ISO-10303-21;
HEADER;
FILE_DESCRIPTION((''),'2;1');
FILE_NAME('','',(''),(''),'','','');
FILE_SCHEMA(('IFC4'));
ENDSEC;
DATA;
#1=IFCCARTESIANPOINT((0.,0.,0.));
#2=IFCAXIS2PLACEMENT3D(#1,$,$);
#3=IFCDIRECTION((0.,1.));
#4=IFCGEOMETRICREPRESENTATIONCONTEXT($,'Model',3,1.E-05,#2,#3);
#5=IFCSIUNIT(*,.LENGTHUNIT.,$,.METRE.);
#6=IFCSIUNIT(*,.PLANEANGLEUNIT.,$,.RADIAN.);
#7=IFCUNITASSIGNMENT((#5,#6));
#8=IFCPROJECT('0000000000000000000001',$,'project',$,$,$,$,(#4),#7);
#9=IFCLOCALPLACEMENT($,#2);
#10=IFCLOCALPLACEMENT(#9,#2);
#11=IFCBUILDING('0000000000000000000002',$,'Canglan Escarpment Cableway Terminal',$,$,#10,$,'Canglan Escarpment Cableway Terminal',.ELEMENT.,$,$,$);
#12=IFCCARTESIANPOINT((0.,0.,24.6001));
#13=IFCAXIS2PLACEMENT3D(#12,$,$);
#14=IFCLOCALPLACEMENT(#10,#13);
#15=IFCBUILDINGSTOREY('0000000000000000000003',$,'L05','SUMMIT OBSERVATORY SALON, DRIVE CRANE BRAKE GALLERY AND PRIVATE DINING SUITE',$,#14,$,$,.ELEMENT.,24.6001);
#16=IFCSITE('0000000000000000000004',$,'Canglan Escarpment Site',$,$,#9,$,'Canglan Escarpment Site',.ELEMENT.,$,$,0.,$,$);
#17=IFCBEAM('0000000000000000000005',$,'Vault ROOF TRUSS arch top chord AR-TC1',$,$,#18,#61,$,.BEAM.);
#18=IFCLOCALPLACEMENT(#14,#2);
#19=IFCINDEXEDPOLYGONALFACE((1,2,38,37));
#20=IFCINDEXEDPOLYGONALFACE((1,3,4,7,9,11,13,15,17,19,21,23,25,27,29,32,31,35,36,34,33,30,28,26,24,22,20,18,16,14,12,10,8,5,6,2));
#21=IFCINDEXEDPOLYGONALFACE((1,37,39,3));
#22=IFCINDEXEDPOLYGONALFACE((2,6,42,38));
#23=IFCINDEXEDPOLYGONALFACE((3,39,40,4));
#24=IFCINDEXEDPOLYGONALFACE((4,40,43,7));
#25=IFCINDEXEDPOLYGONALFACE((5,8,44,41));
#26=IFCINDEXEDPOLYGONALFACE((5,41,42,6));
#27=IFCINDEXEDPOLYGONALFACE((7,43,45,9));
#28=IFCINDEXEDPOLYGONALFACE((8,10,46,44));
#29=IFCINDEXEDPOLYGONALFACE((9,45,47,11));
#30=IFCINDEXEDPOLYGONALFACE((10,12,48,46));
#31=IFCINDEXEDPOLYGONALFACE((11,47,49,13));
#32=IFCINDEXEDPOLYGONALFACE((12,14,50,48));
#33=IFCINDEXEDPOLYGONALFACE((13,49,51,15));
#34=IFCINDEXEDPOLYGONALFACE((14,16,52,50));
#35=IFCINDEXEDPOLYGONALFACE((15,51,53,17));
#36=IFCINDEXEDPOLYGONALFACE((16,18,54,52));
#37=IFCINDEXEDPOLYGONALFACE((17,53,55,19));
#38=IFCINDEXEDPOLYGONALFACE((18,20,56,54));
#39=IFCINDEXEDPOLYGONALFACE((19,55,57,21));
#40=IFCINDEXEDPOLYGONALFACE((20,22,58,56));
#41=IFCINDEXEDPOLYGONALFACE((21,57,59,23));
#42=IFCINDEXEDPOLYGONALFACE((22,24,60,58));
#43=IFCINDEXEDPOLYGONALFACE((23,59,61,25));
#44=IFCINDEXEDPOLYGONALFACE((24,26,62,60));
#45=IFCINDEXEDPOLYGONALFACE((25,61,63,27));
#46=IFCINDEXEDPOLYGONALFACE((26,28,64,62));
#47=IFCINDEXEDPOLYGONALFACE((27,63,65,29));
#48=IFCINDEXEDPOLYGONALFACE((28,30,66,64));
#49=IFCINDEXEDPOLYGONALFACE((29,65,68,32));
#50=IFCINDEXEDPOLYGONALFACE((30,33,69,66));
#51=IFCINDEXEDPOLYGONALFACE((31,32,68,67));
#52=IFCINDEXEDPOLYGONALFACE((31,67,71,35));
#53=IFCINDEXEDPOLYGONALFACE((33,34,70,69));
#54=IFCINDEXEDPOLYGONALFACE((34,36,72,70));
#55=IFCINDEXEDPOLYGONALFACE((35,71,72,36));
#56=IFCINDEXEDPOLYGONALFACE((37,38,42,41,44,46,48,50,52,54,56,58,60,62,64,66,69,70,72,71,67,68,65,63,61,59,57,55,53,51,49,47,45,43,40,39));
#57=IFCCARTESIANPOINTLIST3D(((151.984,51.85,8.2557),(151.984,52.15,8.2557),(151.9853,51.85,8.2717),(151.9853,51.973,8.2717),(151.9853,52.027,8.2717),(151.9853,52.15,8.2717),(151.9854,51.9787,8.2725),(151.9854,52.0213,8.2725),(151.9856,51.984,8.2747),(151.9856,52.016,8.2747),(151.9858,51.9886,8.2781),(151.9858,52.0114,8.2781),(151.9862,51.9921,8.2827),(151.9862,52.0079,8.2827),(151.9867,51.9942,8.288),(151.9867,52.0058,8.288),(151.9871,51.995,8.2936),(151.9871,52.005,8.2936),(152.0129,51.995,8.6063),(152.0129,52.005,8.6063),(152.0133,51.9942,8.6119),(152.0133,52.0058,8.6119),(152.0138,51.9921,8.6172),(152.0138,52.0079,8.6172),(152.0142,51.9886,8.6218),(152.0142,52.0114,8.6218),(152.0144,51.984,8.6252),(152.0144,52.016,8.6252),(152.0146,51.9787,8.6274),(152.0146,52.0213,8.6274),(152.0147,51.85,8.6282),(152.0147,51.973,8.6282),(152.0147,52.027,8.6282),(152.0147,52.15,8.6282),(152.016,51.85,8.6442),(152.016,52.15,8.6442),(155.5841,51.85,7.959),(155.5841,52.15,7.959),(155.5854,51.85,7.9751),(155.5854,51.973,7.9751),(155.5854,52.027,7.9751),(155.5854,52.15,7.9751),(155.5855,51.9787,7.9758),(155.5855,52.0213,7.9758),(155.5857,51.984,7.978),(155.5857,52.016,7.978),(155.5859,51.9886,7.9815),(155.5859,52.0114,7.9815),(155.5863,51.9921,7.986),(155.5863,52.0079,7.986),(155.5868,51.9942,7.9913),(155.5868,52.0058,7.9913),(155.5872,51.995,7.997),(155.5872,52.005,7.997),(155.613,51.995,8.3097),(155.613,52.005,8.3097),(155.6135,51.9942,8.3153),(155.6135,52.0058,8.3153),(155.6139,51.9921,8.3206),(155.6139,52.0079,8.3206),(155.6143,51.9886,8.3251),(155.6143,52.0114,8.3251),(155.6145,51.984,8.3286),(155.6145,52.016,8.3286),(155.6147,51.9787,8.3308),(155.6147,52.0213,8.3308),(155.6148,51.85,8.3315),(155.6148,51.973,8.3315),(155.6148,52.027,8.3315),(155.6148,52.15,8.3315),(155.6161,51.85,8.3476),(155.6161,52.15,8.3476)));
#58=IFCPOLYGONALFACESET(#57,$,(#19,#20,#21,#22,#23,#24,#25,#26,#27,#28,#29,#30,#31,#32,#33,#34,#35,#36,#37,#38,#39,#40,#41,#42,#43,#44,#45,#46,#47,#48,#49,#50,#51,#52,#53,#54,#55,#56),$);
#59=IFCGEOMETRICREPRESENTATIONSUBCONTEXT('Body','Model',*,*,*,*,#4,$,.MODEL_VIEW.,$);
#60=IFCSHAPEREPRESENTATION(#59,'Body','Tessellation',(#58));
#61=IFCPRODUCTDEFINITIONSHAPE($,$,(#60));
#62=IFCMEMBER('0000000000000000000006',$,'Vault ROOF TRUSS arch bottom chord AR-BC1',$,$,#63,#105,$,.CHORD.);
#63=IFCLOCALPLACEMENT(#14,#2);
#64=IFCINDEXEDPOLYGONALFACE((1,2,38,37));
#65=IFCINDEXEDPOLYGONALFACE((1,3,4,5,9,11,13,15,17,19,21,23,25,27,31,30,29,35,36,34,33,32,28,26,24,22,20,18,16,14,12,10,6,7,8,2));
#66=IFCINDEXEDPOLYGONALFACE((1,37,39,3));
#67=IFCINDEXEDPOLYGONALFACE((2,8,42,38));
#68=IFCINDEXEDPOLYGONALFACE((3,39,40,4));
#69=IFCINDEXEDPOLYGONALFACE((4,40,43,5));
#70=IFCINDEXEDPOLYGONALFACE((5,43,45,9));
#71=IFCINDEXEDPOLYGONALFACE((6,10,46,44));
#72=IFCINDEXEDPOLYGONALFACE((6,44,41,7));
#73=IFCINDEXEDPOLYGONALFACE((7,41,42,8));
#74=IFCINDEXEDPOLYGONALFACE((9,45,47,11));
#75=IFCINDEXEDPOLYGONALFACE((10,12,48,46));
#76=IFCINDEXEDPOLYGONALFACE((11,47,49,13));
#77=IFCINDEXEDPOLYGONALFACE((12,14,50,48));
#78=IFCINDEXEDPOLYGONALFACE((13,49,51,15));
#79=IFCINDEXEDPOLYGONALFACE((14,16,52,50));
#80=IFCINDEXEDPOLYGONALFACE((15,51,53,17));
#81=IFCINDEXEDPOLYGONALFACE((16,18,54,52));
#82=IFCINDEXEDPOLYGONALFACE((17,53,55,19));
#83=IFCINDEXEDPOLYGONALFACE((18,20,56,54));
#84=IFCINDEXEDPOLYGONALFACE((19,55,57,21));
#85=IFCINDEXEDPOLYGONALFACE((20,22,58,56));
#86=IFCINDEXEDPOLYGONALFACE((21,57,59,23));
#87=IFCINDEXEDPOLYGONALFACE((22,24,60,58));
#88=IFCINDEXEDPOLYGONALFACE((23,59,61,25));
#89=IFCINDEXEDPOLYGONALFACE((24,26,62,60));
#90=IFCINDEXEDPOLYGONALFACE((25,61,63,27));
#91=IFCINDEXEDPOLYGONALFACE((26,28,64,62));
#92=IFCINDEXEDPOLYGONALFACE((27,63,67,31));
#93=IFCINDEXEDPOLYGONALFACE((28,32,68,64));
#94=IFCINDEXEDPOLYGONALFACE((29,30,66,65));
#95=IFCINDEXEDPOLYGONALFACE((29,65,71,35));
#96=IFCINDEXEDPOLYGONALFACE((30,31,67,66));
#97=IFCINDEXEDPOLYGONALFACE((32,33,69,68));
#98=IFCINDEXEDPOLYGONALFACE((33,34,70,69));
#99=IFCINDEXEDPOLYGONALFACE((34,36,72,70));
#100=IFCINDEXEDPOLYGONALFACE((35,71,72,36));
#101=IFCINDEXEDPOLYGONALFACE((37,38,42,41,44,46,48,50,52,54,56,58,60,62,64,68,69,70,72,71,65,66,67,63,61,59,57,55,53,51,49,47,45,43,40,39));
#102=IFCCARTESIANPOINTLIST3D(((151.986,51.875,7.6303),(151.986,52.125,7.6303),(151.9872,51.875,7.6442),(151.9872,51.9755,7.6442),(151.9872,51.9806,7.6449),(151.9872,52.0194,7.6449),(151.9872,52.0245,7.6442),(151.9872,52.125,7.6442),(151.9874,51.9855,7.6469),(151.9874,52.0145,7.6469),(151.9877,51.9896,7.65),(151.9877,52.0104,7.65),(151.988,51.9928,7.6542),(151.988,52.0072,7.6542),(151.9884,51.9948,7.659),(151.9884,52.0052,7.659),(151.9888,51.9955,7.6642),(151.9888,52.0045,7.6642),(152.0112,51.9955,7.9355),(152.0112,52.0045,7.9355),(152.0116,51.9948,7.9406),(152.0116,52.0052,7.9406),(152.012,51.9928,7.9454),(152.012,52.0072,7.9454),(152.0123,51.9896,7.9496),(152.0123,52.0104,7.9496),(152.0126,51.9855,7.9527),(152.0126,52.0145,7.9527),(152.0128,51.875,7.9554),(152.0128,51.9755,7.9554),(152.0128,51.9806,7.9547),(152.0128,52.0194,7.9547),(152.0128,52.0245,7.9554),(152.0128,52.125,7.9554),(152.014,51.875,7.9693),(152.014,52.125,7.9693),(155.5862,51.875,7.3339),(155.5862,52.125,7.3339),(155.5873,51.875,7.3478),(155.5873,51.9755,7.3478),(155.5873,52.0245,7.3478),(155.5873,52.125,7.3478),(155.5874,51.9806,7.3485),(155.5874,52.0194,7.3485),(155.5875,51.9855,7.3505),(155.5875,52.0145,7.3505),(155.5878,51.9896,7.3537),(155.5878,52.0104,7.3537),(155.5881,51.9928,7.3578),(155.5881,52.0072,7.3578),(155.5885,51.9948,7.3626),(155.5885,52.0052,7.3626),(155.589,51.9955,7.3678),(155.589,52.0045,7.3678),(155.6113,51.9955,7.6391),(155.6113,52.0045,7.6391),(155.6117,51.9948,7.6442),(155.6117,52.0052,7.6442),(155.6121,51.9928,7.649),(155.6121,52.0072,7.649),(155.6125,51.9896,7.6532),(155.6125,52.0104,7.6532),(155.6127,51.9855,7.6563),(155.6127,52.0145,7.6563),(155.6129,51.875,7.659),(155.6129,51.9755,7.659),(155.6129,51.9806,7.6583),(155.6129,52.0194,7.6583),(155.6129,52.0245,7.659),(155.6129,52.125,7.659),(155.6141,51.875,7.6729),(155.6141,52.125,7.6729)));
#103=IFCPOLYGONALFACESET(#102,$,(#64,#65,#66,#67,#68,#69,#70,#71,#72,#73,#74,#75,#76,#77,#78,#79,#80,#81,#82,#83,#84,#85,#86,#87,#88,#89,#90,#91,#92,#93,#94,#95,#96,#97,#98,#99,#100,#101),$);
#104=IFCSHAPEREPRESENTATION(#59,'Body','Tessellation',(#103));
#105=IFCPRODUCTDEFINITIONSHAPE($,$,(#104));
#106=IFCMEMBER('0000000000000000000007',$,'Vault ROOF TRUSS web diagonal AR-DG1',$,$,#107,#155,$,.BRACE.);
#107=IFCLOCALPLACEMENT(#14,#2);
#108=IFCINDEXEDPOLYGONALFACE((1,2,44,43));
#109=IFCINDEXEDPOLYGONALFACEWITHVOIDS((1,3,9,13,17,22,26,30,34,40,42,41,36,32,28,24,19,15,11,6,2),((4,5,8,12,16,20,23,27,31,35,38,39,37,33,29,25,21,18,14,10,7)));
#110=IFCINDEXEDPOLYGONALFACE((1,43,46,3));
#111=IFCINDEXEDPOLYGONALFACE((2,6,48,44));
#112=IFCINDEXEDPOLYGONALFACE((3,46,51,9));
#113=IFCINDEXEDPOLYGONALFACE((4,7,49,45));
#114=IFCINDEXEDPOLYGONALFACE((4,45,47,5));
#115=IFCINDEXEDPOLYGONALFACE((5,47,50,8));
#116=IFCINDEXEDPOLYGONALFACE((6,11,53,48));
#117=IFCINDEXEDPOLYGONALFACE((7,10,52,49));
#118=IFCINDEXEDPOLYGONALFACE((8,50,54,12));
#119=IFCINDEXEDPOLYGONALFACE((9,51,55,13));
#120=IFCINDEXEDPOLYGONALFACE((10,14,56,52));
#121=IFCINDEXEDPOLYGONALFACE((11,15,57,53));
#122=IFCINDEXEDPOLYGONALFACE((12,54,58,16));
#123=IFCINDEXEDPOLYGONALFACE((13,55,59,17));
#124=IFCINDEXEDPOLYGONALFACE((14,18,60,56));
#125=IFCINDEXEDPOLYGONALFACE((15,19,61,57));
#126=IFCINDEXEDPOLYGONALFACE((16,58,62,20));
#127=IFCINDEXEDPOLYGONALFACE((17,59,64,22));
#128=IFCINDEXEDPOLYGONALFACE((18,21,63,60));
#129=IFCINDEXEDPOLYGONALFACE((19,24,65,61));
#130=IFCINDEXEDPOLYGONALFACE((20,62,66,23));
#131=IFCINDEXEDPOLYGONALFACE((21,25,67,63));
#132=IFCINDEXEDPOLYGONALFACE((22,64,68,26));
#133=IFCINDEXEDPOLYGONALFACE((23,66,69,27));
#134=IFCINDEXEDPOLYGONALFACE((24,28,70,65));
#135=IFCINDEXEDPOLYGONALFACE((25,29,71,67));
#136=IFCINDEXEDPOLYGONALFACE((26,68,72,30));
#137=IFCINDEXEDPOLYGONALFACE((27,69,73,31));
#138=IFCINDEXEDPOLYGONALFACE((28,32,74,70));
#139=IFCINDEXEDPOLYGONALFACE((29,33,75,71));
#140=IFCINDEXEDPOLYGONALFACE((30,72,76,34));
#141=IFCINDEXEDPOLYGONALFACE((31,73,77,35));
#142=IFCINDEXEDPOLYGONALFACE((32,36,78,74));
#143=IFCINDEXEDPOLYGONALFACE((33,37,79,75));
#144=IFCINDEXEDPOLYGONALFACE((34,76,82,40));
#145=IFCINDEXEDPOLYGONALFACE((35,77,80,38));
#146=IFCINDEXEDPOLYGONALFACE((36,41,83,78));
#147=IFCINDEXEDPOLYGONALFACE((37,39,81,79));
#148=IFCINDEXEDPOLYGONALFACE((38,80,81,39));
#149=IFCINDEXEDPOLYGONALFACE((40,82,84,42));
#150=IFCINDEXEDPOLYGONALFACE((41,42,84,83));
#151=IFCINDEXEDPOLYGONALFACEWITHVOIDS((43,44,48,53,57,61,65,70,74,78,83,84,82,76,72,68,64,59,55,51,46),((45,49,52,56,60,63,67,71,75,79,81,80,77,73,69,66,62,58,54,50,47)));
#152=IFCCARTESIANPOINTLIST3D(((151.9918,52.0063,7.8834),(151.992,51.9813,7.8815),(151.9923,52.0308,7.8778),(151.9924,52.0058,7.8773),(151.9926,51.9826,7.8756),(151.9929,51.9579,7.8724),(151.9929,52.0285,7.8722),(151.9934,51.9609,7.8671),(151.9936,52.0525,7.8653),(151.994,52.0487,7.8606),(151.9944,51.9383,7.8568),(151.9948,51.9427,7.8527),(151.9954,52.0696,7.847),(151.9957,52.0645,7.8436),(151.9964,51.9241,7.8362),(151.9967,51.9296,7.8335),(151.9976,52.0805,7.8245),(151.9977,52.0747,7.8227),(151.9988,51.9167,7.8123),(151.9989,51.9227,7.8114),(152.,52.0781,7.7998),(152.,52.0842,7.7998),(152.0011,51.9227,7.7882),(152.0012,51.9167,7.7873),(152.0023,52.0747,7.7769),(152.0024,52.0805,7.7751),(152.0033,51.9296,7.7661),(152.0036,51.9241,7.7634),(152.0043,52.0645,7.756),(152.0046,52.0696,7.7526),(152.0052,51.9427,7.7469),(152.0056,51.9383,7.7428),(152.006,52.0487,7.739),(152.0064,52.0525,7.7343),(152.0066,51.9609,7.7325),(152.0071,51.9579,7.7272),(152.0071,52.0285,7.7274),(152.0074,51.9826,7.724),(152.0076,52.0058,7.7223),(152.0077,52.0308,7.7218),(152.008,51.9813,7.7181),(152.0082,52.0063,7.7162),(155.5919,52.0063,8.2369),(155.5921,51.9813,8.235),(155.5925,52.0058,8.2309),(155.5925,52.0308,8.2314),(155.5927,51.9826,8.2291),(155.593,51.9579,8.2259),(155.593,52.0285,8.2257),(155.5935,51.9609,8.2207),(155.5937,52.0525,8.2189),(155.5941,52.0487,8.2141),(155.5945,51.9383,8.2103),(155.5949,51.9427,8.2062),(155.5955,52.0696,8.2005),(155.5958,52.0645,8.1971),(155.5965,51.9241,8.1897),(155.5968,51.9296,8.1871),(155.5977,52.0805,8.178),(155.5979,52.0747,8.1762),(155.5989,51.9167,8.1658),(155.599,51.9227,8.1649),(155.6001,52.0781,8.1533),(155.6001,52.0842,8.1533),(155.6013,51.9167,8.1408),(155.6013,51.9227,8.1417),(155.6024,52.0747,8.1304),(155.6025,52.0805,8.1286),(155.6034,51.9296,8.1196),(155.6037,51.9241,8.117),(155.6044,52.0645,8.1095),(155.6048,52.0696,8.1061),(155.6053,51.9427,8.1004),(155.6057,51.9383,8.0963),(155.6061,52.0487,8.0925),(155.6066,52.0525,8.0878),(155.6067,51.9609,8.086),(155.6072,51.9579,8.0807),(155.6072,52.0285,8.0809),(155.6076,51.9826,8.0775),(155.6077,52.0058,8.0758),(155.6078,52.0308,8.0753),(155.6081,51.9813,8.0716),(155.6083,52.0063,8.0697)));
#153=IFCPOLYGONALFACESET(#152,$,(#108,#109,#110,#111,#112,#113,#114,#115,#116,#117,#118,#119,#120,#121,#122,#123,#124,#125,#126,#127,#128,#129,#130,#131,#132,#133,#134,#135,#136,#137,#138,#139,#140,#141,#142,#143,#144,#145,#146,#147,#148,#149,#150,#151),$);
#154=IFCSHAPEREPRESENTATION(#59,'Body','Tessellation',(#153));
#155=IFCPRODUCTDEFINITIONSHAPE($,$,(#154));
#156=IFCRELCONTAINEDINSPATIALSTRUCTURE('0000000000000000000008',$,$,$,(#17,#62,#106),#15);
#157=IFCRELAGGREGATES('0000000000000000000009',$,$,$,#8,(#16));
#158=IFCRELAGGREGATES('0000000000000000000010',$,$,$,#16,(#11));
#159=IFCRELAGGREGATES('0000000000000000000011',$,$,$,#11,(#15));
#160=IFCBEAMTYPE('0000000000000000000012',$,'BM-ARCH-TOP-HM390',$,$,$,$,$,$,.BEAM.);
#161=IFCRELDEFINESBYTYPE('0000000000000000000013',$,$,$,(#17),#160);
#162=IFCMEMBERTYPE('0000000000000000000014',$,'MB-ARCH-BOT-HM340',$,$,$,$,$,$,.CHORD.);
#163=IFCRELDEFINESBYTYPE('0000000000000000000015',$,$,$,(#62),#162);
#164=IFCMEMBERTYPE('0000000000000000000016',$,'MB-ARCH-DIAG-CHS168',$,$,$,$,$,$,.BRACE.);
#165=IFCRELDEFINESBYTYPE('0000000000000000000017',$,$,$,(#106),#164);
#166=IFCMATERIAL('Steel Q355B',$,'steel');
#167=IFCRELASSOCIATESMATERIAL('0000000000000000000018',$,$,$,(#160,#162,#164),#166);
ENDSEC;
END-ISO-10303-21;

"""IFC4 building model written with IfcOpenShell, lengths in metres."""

from ifc_helpers import new_model, si_unit, direction, frame, origin, origin_2d, place, context, subcontext, project, spatial, hollow_circle, i_section, extrude, material, material_profile, profile_set, type_object, element, save


model = new_model("IFC4")

# Units and contexts
model_context = context("Model", 3, precision=1e-05, world=origin(), true_north=direction((0.0, 1.0)))
body_context = subcontext(model_context, "Body", "Model", "MODEL_VIEW")
ifc_project = project(units=[si_unit("LENGTHUNIT", "METRE"), si_unit("PLANEANGLEUNIT", "RADIAN")], contexts=[model_context])

# Site, building, storey
site_placement = place(None, origin())
site = spatial("IfcSite", under=ifc_project, at=site_placement, Name="Canglan Escarpment Site", LongName="Canglan Escarpment Site", CompositionType="ELEMENT", RefElevation=0.0)
building_placement = place(site_placement, origin())
building = spatial("IfcBuilding", under=site, at=building_placement, Name="Canglan Escarpment Cableway Terminal", LongName="Canglan Escarpment Cableway Terminal", CompositionType="ELEMENT")
storey_placement = place(building_placement, frame((0.0, 0.0, 24.6001)))
storey = spatial("IfcBuildingStorey", under=building, at=storey_placement, Name="L05", Description="SUMMIT OBSERVATORY SALON, DRIVE CRANE BRAKE GALLERY AND PRIVATE DINING SUITE", CompositionType="ELEMENT", Elevation=24.6001)

# Beam
ifc_material_1 = material(Name="Steel Q355B", Category="steel")
ifc_material_profile_1 = material_profile(ifc_material_1, i_section(OverallWidth=0.3, OverallDepth=0.3899, WebThickness=0.01, FlangeThickness=0.0161, FilletRadius=0.022, at=origin_2d()), Name="HM 390x300x10x16")
ifc_profile_set_1 = profile_set([ifc_material_profile_1], Name="Steel Q355B")
beam_type = type_object("IfcBeamType", Name="BM-ARCH-TOP-HM390", PredefinedType="BEAM", material=ifc_profile_set_1)
beam_placement = place(storey_placement, frame((152.0, 52.0, 8.45), z_axis=(0.996623, 0.0, -0.082117), x_axis=(0.0, 1.0, 0.0)))
element("IfcBeam", 1, at=beam_placement, inside=storey, type_object=beam_type, Name="Vault ROOF TRUSS arch top chord AR-TC1", PredefinedType="BEAM", context=body_context, shape_type="SweptSolid", body=[
    extrude(i_section(OverallWidth=0.3, OverallDepth=0.3899, WebThickness=0.01, FlangeThickness=0.0161, FilletRadius=0.022, at=origin_2d()), origin(), (0.0, 0.0, 1.0), 3.6123),
])

# Members
ifc_material_profile_2 = material_profile(ifc_material_1, i_section(OverallWidth=0.25, OverallDepth=0.3401, WebThickness=0.009, FlangeThickness=0.0139, FilletRadius=0.02, at=origin_2d()), Name="HM 340x250x9x14")
ifc_profile_set_2 = profile_set([ifc_material_profile_2], Name="Steel Q355B")
member_type_1 = type_object("IfcMemberType", Name="MB-ARCH-BOT-HM340", PredefinedType="CHORD", material=ifc_profile_set_2)
member_1_placement = place(storey_placement, frame((152.0, 52.0, 7.7998), z_axis=(0.996628, 0.0, -0.08205), x_axis=(0.0, 1.0, 0.0)))
element("IfcMember", 2, at=member_1_placement, inside=storey, type_object=member_type_1, Name="Vault ROOF TRUSS arch bottom chord AR-BC1", PredefinedType="CHORD", context=body_context, shape_type="SweptSolid", body=[
    extrude(i_section(OverallWidth=0.25, OverallDepth=0.3401, WebThickness=0.009, FlangeThickness=0.0139, FilletRadius=0.02, at=origin_2d()), origin(), (0.0, 0.0, 1.0), 3.6123),
])
ifc_material_profile_3 = material_profile(ifc_material_1, hollow_circle(Radius=0.0842, WallThickness=0.0061, at=origin_2d()), Name="CHS 168.3x6")
ifc_profile_set_3 = profile_set([ifc_material_profile_3], Name="Steel Q355B")
member_type_2 = type_object("IfcMemberType", Name="MB-ARCH-DIAG-CHS168", PredefinedType="BRACE", material=ifc_profile_set_3)
member_2_placement = place(storey_placement, frame((152.0, 52.0, 7.7998), z_axis=(0.995213, 0.0, 0.097726), x_axis=(0.0, 1.0, 0.0)))
element("IfcMember", 3, at=member_2_placement, inside=storey, type_object=member_type_2, Name="Vault ROOF TRUSS web diagonal AR-DG1", PredefinedType="BRACE", context=body_context, shape_type="SweptSolid", body=[
    extrude(hollow_circle(Radius=0.0842, WallThickness=0.0061, at=origin_2d()), origin(), (0.0, 0.0, 1.0), 3.6174),
])

save(model, "model.ifc")
